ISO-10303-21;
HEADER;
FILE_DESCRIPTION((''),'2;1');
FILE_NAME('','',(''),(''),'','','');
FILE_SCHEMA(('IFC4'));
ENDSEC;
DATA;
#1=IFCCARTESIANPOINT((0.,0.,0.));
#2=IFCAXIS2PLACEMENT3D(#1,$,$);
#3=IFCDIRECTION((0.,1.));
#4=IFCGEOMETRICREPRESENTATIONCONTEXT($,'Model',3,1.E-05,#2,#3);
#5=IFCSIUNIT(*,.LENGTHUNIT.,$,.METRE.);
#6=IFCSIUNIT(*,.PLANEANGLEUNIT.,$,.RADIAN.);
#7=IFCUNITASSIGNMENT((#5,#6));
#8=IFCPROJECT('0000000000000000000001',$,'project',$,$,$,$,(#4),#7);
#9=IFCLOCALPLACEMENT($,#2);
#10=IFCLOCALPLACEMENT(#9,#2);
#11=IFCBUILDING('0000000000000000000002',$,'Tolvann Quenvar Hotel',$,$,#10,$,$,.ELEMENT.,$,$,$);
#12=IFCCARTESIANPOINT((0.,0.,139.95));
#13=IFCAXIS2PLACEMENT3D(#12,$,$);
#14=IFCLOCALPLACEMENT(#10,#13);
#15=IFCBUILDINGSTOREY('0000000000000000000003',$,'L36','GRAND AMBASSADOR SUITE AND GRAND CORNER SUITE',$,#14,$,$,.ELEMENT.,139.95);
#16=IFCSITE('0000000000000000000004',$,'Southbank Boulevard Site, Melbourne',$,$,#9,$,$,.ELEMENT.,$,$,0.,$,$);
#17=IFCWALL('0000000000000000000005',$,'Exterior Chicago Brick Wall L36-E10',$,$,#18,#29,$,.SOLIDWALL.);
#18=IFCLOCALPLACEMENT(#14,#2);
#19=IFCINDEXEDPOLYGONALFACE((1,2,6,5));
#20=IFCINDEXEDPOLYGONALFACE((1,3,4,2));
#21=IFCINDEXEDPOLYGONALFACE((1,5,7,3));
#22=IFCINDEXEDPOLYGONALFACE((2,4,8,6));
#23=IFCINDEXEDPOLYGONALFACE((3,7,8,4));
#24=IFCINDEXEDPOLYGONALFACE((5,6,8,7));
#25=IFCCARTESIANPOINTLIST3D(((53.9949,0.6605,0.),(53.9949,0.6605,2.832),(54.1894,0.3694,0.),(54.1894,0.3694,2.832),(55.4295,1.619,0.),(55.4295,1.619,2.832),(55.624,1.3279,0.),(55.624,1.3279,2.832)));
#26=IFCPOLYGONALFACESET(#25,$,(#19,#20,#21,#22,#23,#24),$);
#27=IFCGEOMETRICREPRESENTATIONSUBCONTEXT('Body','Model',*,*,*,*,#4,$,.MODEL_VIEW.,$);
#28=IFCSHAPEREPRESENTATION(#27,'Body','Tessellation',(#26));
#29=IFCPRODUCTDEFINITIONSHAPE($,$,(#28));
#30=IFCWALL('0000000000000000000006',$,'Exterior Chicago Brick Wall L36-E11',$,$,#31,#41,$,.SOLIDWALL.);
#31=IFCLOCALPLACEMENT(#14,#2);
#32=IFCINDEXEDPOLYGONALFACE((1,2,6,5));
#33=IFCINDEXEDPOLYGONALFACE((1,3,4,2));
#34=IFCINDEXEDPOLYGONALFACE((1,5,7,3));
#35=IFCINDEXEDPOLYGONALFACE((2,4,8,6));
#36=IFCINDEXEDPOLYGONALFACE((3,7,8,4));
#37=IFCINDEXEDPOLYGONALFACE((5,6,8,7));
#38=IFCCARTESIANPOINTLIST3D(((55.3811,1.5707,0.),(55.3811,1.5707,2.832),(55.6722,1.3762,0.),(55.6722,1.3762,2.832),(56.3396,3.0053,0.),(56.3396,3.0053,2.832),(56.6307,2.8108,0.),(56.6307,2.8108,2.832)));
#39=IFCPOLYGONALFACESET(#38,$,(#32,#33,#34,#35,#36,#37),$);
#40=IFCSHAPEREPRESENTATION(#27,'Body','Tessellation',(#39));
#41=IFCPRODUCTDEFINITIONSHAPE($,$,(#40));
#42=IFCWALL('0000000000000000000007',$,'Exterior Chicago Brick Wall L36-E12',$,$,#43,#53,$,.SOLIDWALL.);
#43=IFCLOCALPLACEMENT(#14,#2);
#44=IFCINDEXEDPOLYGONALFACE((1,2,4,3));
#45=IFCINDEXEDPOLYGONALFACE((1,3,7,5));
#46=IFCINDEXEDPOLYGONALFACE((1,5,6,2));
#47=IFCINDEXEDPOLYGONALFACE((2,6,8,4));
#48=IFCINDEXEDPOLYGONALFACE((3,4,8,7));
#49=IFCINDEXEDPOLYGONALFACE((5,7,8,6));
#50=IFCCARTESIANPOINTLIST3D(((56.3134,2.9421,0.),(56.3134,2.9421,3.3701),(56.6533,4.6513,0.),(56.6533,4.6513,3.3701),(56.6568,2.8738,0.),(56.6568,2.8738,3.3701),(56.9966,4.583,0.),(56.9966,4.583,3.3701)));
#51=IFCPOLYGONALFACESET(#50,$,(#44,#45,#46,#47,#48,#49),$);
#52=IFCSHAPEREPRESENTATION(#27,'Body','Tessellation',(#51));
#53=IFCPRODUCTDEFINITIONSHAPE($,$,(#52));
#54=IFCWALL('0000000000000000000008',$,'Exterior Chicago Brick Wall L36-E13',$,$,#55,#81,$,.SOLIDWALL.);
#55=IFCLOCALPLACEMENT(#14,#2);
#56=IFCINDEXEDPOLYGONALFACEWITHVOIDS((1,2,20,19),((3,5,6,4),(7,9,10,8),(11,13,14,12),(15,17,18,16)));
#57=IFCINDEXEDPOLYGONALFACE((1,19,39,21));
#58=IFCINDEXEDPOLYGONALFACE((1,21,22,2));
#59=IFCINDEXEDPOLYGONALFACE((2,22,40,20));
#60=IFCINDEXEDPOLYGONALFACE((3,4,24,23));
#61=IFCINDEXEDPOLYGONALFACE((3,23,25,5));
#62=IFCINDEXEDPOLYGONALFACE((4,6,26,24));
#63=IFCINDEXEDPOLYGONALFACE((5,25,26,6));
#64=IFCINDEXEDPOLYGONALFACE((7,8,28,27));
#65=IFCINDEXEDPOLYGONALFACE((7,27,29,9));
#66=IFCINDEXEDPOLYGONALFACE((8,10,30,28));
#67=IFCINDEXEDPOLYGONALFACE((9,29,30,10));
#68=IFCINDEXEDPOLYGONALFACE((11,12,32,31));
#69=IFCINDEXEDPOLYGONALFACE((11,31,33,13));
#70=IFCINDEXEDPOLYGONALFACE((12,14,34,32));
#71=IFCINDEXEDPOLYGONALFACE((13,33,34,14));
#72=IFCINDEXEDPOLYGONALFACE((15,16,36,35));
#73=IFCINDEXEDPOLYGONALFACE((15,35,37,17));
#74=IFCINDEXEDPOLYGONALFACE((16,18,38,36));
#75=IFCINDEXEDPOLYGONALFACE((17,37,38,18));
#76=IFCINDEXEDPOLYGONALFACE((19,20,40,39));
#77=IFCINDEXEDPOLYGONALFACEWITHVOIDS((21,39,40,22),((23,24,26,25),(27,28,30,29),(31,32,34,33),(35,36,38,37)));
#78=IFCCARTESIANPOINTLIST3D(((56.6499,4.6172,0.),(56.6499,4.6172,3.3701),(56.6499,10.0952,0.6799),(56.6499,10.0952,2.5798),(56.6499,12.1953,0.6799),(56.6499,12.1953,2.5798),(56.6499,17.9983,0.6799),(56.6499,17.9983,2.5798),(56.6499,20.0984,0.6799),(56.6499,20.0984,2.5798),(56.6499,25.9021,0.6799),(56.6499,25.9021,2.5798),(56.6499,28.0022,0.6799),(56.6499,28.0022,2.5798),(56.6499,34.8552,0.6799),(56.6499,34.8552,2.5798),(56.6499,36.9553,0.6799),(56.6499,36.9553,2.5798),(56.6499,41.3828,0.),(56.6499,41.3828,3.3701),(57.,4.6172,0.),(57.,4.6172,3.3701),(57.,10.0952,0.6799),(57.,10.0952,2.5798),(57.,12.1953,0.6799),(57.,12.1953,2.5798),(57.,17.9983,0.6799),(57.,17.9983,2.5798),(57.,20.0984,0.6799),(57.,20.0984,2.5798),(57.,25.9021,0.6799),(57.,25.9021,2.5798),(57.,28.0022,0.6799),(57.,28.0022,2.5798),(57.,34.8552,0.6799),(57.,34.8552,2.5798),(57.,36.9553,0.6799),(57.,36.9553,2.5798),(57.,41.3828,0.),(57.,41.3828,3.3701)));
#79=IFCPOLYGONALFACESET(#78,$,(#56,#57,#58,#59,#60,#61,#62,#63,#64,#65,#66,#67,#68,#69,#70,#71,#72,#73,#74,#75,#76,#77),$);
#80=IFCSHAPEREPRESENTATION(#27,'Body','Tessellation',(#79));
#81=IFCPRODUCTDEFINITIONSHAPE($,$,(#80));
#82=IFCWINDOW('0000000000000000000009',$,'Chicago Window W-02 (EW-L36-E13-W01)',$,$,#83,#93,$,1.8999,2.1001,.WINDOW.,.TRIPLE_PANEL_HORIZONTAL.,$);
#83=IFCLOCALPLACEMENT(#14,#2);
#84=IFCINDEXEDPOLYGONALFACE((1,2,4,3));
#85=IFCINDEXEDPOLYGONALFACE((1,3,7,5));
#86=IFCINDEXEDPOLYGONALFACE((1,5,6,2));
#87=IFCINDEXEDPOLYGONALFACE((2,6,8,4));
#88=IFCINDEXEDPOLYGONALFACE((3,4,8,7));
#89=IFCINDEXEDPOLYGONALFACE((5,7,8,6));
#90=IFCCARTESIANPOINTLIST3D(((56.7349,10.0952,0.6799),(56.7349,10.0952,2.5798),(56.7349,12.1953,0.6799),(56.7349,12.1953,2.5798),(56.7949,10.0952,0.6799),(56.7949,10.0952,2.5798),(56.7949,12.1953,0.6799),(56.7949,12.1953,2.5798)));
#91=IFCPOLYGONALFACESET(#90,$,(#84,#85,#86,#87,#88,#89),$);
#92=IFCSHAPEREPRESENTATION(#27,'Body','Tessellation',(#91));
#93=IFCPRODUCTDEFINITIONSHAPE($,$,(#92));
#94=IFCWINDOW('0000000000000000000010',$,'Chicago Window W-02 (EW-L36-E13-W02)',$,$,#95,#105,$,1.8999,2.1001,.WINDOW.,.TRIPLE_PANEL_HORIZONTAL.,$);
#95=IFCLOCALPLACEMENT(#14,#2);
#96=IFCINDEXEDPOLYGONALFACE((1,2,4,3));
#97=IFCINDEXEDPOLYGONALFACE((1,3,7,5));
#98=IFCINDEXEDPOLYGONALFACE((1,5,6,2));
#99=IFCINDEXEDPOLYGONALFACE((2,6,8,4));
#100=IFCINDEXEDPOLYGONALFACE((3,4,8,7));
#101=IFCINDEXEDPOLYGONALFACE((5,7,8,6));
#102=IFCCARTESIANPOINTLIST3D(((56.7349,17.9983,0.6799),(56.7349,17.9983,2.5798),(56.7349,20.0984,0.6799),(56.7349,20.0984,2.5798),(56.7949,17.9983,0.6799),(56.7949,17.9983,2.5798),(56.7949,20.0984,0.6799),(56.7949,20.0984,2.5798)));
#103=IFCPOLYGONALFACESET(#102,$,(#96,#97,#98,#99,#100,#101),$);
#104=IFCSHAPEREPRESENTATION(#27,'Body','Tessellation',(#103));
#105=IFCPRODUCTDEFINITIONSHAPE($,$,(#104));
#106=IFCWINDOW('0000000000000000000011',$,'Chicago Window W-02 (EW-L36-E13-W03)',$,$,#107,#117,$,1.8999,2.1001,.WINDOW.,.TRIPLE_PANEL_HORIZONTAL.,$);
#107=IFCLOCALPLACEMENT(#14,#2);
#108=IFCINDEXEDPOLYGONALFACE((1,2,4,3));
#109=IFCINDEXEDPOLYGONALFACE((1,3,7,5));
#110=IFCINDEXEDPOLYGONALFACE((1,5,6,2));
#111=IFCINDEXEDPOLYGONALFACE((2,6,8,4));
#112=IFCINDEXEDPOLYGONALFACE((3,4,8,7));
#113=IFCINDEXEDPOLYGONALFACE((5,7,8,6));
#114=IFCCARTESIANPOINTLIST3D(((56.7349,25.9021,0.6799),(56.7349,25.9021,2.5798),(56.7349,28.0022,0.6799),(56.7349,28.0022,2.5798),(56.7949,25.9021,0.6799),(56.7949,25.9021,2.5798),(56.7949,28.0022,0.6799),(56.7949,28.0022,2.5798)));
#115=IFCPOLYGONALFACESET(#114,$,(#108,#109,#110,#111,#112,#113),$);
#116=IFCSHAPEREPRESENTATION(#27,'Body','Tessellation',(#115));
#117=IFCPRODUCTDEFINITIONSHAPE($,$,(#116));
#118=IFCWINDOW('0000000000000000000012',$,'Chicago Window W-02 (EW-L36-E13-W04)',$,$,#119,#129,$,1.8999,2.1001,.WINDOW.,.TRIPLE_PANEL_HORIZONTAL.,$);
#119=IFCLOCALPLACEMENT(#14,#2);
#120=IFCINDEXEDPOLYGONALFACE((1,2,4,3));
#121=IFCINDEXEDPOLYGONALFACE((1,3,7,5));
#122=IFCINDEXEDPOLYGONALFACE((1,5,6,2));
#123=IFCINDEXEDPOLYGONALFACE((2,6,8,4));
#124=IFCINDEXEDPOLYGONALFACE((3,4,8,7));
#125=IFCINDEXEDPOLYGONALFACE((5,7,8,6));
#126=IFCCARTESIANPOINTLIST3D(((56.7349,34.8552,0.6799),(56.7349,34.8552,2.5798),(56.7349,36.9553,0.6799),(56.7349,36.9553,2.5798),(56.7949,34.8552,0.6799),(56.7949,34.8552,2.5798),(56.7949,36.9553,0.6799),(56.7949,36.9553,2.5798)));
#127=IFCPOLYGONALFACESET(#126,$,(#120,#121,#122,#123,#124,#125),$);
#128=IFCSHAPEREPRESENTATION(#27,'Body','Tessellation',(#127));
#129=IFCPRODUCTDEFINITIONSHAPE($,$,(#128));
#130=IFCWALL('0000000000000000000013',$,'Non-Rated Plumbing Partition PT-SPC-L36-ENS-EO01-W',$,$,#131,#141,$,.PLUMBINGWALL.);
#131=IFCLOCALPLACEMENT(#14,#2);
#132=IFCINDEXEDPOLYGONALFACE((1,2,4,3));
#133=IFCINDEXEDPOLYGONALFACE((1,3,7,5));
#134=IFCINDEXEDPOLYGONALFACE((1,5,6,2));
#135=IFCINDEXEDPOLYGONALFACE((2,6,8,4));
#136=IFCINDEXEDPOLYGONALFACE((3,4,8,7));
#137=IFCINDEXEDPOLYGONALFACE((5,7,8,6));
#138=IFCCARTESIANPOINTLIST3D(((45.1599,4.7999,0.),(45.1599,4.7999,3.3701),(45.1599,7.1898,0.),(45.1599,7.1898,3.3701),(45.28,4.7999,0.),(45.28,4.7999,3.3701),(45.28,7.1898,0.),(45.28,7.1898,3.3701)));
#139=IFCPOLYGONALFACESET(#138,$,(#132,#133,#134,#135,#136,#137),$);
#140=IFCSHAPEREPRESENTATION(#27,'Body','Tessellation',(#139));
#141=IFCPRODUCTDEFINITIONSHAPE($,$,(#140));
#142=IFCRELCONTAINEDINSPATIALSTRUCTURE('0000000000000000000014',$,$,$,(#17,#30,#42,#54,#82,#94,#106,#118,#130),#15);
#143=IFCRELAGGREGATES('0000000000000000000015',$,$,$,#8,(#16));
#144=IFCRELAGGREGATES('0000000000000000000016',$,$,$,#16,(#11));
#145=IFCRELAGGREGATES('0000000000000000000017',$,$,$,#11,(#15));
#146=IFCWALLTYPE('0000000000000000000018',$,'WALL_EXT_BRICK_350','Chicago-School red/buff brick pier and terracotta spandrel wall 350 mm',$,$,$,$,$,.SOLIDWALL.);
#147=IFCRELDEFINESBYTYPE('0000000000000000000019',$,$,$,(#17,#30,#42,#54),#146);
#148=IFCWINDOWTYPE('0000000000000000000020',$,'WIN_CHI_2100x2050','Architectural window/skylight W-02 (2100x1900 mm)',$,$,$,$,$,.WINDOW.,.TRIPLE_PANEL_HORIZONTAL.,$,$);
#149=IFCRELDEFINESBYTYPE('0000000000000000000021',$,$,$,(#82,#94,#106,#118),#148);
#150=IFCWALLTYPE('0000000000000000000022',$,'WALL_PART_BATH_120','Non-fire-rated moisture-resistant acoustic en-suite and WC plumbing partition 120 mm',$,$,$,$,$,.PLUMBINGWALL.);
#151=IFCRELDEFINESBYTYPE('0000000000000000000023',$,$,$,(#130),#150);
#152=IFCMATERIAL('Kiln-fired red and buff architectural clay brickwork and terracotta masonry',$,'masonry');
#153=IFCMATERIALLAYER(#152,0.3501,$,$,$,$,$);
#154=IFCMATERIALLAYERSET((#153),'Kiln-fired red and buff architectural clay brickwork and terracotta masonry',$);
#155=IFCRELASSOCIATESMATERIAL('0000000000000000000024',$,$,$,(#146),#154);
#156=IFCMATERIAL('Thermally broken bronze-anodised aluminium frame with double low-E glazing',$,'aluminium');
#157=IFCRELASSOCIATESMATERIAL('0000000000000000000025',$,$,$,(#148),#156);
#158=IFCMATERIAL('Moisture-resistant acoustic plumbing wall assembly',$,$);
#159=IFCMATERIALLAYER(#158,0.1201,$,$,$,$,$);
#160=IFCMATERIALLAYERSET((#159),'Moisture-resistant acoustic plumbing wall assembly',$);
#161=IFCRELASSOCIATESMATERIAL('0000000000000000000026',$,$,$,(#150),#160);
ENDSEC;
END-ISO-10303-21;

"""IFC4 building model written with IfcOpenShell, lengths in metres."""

from ifc_helpers import new_model, si_unit, direction, frame, frame_2d, origin, place, context, subcontext, project, spatial, rectangle, extrude, source, transform, mapped, material, layer, layer_set, type_object, type_shapes, element, fill, save


model = new_model("IFC4")

# Units and contexts
model_context = context("Model", 3, precision=1e-05, world=origin(), true_north=direction((0.0, 1.0)))
body_context = subcontext(model_context, "Body", "Model", "MODEL_VIEW")
ifc_project = project(units=[si_unit("LENGTHUNIT", "METRE"), si_unit("PLANEANGLEUNIT", "RADIAN")], contexts=[model_context])

# Site, building, storey
site_placement = place(None, origin())
site = spatial("IfcSite", under=ifc_project, at=site_placement, Name="Southbank Boulevard Site, Melbourne", CompositionType="ELEMENT", RefElevation=0.0)
building_placement = place(site_placement, origin())
building = spatial("IfcBuilding", under=site, at=building_placement, Name="Tolvann Quenvar Hotel", CompositionType="ELEMENT")
storey_placement = place(building_placement, frame((0.0, 0.0, 139.95)))
storey = spatial("IfcBuildingStorey", under=building, at=storey_placement, Name="L36", Description="GRAND AMBASSADOR SUITE AND GRAND CORNER SUITE", CompositionType="ELEMENT", Elevation=139.95)

# Walls
ifc_material_1 = material(Name="Kiln-fired red and buff architectural clay brickwork and terracotta masonry", Category="masonry")
ifc_layer_1 = layer(ifc_material_1, 0.3501)
ifc_layer_set_1 = layer_set([ifc_layer_1], Name="Kiln-fired red and buff architectural clay brickwork and terracotta masonry")
wall_type_1 = type_object("IfcWallType", Name="WALL_EXT_BRICK_350", Description="Chicago-School red/buff brick pier and terracotta spandrel wall 350 mm", PredefinedType="SOLIDWALL", material=ifc_layer_set_1)
for number, where, z_axis, x_axis, name in (
    (1, (54.092, 0.5149, 0.0), (0.0, 0.0, 1.0), (0.831484, 0.555549, 0.0), "Exterior Chicago Brick Wall L36-E10"),
    (2, (55.5266, 1.4734, 0.0), (0.0, 0.0, 1.0), (0.555549, 0.831484, 0.0), "Exterior Chicago Brick Wall L36-E11"),
):
    element("IfcWall", number, at=place(storey_placement, frame(where, z_axis=z_axis, x_axis=x_axis)), inside=storey, type_object=wall_type_1, Name=name, PredefinedType="SOLIDWALL", context=body_context, shape_type="SweptSolid", body=[
        extrude(rectangle(XDim=1.7253, YDim=0.3501, at=frame_2d((0.8628, 0.0))), origin(), (0.0, 0.0, 1.0), 2.832),
    ])
wall_1_placement = place(storey_placement, frame((56.4851, 2.908, 0.0), z_axis=(0.0, 0.0, 1.0), x_axis=(0.195011, 0.980801, 0.0)))
element("IfcWall", 3, at=wall_1_placement, inside=storey, type_object=wall_type_1, Name="Exterior Chicago Brick Wall L36-E12", PredefinedType="SOLIDWALL", context=body_context, shape_type="SweptSolid", body=[
    extrude(rectangle(XDim=1.7427, YDim=0.3501, at=frame_2d((0.8713, 0.0))), origin(), (0.0, 0.0, 1.0), 3.3701),
])

# Wall, openings, windows
wall_2_placement = place(storey_placement, frame((56.825, 4.6172, 0.0), z_axis=(0.0, 0.0, 1.0), x_axis=(0.0, 1.0, 0.0)))
wall_2 = element("IfcWall", 4, at=wall_2_placement, inside=storey, type_object=wall_type_1, Name="Exterior Chicago Brick Wall L36-E13", PredefinedType="SOLIDWALL", context=body_context, shape_type="SweptSolid", body=[
    extrude(rectangle(XDim=36.7656, YDim=0.3501, at=frame_2d((18.3828, 0.0))), origin(), (0.0, 0.0, 1.0), 3.3701),
])
opening_1_placement = place(wall_2_placement, frame((5.478, 0.0, 0.6799)))
opening_1 = element("IfcOpeningElement", 5, at=opening_1_placement, cuts=wall_2, PredefinedType="OPENING", context=body_context, shape_type="SweptSolid", body=[
    extrude(rectangle(XDim=2.1001, YDim=1.8999, at=frame_2d((1.05, 0.95))), frame((0.0, 0.1851, 0.0), z_axis=(0.0, -1.0, 0.0), x_axis=(1.0, 0.0, 0.0)), (0.0, 0.0, 1.0), 0.3701),
])
opening_2_placement = place(wall_2_placement, frame((13.3811, 0.0, 0.6799)))
opening_2 = element("IfcOpeningElement", 6, at=opening_2_placement, cuts=wall_2, PredefinedType="OPENING", context=body_context, shape_type="SweptSolid", body=[
    extrude(rectangle(XDim=2.1001, YDim=1.8999, at=frame_2d((1.05, 0.95))), frame((0.0, 0.1851, 0.0), z_axis=(0.0, -1.0, 0.0), x_axis=(1.0, 0.0, 0.0)), (0.0, 0.0, 1.0), 0.3701),
])
opening_3_placement = place(wall_2_placement, frame((21.2849, 0.0, 0.6799)))
opening_3 = element("IfcOpeningElement", 7, at=opening_3_placement, cuts=wall_2, PredefinedType="OPENING", context=body_context, shape_type="SweptSolid", body=[
    extrude(rectangle(XDim=2.1001, YDim=1.8999, at=frame_2d((1.05, 0.95))), frame((0.0, 0.1851, 0.0), z_axis=(0.0, -1.0, 0.0), x_axis=(1.0, 0.0, 0.0)), (0.0, 0.0, 1.0), 0.3701),
])
opening_4_placement = place(wall_2_placement, frame((30.238, 0.0, 0.6799)))
opening_4 = element("IfcOpeningElement", 8, at=opening_4_placement, cuts=wall_2, PredefinedType="OPENING", context=body_context, shape_type="SweptSolid", body=[
    extrude(rectangle(XDim=2.1001, YDim=1.8999, at=frame_2d((1.05, 0.95))), frame((0.0, 0.1851, 0.0), z_axis=(0.0, -1.0, 0.0), x_axis=(1.0, 0.0, 0.0)), (0.0, 0.0, 1.0), 0.3701),
])
ifc_material_2 = material(Name="Thermally broken bronze-anodised aluminium frame with double low-E glazing", Category="aluminium")
window_type = type_object("IfcWindowType", Name="WIN_CHI_2100x2050", Description="Architectural window/skylight W-02 (2100x1900 mm)", PartitioningType="TRIPLE_PANEL_HORIZONTAL", PredefinedType="WINDOW", material=ifc_material_2)
shared_shape_1 = source(origin(), body_context, "Body", "SweptSolid", [
    extrude(rectangle(XDim=2.1001, YDim=1.8999, at=frame_2d((1.05, 0.95))), frame((0.0, 0.0901, 0.0), z_axis=(0.0, -1.0, 0.0), x_axis=(1.0, 0.0, 0.0)), (0.0, 0.0, 1.0), 0.0601),
])
type_shapes(window_type, [shared_shape_1])
window_1_placement = place(opening_1_placement, origin())
window_1 = element("IfcWindow", 9, at=window_1_placement, inside=storey, type_object=window_type, Name="Chicago Window W-02 (EW-L36-E13-W01)", OverallHeight=1.8999, OverallWidth=2.1001, PartitioningType="TRIPLE_PANEL_HORIZONTAL", PredefinedType="WINDOW", context=body_context, shape_type="MappedRepresentation", body=[
    mapped(shared_shape_1, transform((0.0, 0.0, 0.0), x_axis=(1.0, 0.0, 0.0), y_axis=(0.0, 1.0, 0.0), z_axis=(0.0, 0.0, 1.0), scale=1.0)),
])
fill(opening_1, window_1)
window_2_placement = place(opening_2_placement, origin())
window_2 = element("IfcWindow", 10, at=window_2_placement, inside=storey, type_object=window_type, Name="Chicago Window W-02 (EW-L36-E13-W02)", OverallHeight=1.8999, OverallWidth=2.1001, PartitioningType="TRIPLE_PANEL_HORIZONTAL", PredefinedType="WINDOW", context=body_context, shape_type="MappedRepresentation", body=[
    mapped(shared_shape_1, transform((0.0, 0.0, 0.0), x_axis=(1.0, 0.0, 0.0), y_axis=(0.0, 1.0, 0.0), z_axis=(0.0, 0.0, 1.0), scale=1.0)),
])
fill(opening_2, window_2)
window_3_placement = place(opening_3_placement, origin())
window_3 = element("IfcWindow", 11, at=window_3_placement, inside=storey, type_object=window_type, Name="Chicago Window W-02 (EW-L36-E13-W03)", OverallHeight=1.8999, OverallWidth=2.1001, PartitioningType="TRIPLE_PANEL_HORIZONTAL", PredefinedType="WINDOW", context=body_context, shape_type="MappedRepresentation", body=[
    mapped(shared_shape_1, transform((0.0, 0.0, 0.0), x_axis=(1.0, 0.0, 0.0), y_axis=(0.0, 1.0, 0.0), z_axis=(0.0, 0.0, 1.0), scale=1.0)),
])
fill(opening_3, window_3)
window_4_placement = place(opening_4_placement, origin())
window_4 = element("IfcWindow", 12, at=window_4_placement, inside=storey, type_object=window_type, Name="Chicago Window W-02 (EW-L36-E13-W04)", OverallHeight=1.8999, OverallWidth=2.1001, PartitioningType="TRIPLE_PANEL_HORIZONTAL", PredefinedType="WINDOW", context=body_context, shape_type="MappedRepresentation", body=[
    mapped(shared_shape_1, transform((0.0, 0.0, 0.0), x_axis=(1.0, 0.0, 0.0), y_axis=(0.0, 1.0, 0.0), z_axis=(0.0, 0.0, 1.0), scale=1.0)),
])
fill(opening_4, window_4)

# Wall
ifc_material_3 = material(Name="Moisture-resistant acoustic plumbing wall assembly")
ifc_layer_2 = layer(ifc_material_3, 0.1201)
ifc_layer_set_2 = layer_set([ifc_layer_2], Name="Moisture-resistant acoustic plumbing wall assembly")
wall_type_2 = type_object("IfcWallType", Name="WALL_PART_BATH_120", Description="Non-fire-rated moisture-resistant acoustic en-suite and WC plumbing partition 120 mm", PredefinedType="PLUMBINGWALL", material=ifc_layer_set_2)
wall_3_placement = place(storey_placement, frame((45.22, 4.8, 0.0), z_axis=(0.0, 0.0, 1.0), x_axis=(0.0, 1.0, 0.0)))
element("IfcWall", 13, at=wall_3_placement, inside=storey, type_object=wall_type_2, Name="Non-Rated Plumbing Partition PT-SPC-L36-ENS-EO01-W", PredefinedType="PLUMBINGWALL", context=body_context, shape_type="SweptSolid", body=[
    extrude(rectangle(XDim=2.3899, YDim=0.1201, at=frame_2d((1.1948, 0.0))), origin(), (0.0, 0.0, 1.0), 3.3701),
])

save(model, "model.ifc")
